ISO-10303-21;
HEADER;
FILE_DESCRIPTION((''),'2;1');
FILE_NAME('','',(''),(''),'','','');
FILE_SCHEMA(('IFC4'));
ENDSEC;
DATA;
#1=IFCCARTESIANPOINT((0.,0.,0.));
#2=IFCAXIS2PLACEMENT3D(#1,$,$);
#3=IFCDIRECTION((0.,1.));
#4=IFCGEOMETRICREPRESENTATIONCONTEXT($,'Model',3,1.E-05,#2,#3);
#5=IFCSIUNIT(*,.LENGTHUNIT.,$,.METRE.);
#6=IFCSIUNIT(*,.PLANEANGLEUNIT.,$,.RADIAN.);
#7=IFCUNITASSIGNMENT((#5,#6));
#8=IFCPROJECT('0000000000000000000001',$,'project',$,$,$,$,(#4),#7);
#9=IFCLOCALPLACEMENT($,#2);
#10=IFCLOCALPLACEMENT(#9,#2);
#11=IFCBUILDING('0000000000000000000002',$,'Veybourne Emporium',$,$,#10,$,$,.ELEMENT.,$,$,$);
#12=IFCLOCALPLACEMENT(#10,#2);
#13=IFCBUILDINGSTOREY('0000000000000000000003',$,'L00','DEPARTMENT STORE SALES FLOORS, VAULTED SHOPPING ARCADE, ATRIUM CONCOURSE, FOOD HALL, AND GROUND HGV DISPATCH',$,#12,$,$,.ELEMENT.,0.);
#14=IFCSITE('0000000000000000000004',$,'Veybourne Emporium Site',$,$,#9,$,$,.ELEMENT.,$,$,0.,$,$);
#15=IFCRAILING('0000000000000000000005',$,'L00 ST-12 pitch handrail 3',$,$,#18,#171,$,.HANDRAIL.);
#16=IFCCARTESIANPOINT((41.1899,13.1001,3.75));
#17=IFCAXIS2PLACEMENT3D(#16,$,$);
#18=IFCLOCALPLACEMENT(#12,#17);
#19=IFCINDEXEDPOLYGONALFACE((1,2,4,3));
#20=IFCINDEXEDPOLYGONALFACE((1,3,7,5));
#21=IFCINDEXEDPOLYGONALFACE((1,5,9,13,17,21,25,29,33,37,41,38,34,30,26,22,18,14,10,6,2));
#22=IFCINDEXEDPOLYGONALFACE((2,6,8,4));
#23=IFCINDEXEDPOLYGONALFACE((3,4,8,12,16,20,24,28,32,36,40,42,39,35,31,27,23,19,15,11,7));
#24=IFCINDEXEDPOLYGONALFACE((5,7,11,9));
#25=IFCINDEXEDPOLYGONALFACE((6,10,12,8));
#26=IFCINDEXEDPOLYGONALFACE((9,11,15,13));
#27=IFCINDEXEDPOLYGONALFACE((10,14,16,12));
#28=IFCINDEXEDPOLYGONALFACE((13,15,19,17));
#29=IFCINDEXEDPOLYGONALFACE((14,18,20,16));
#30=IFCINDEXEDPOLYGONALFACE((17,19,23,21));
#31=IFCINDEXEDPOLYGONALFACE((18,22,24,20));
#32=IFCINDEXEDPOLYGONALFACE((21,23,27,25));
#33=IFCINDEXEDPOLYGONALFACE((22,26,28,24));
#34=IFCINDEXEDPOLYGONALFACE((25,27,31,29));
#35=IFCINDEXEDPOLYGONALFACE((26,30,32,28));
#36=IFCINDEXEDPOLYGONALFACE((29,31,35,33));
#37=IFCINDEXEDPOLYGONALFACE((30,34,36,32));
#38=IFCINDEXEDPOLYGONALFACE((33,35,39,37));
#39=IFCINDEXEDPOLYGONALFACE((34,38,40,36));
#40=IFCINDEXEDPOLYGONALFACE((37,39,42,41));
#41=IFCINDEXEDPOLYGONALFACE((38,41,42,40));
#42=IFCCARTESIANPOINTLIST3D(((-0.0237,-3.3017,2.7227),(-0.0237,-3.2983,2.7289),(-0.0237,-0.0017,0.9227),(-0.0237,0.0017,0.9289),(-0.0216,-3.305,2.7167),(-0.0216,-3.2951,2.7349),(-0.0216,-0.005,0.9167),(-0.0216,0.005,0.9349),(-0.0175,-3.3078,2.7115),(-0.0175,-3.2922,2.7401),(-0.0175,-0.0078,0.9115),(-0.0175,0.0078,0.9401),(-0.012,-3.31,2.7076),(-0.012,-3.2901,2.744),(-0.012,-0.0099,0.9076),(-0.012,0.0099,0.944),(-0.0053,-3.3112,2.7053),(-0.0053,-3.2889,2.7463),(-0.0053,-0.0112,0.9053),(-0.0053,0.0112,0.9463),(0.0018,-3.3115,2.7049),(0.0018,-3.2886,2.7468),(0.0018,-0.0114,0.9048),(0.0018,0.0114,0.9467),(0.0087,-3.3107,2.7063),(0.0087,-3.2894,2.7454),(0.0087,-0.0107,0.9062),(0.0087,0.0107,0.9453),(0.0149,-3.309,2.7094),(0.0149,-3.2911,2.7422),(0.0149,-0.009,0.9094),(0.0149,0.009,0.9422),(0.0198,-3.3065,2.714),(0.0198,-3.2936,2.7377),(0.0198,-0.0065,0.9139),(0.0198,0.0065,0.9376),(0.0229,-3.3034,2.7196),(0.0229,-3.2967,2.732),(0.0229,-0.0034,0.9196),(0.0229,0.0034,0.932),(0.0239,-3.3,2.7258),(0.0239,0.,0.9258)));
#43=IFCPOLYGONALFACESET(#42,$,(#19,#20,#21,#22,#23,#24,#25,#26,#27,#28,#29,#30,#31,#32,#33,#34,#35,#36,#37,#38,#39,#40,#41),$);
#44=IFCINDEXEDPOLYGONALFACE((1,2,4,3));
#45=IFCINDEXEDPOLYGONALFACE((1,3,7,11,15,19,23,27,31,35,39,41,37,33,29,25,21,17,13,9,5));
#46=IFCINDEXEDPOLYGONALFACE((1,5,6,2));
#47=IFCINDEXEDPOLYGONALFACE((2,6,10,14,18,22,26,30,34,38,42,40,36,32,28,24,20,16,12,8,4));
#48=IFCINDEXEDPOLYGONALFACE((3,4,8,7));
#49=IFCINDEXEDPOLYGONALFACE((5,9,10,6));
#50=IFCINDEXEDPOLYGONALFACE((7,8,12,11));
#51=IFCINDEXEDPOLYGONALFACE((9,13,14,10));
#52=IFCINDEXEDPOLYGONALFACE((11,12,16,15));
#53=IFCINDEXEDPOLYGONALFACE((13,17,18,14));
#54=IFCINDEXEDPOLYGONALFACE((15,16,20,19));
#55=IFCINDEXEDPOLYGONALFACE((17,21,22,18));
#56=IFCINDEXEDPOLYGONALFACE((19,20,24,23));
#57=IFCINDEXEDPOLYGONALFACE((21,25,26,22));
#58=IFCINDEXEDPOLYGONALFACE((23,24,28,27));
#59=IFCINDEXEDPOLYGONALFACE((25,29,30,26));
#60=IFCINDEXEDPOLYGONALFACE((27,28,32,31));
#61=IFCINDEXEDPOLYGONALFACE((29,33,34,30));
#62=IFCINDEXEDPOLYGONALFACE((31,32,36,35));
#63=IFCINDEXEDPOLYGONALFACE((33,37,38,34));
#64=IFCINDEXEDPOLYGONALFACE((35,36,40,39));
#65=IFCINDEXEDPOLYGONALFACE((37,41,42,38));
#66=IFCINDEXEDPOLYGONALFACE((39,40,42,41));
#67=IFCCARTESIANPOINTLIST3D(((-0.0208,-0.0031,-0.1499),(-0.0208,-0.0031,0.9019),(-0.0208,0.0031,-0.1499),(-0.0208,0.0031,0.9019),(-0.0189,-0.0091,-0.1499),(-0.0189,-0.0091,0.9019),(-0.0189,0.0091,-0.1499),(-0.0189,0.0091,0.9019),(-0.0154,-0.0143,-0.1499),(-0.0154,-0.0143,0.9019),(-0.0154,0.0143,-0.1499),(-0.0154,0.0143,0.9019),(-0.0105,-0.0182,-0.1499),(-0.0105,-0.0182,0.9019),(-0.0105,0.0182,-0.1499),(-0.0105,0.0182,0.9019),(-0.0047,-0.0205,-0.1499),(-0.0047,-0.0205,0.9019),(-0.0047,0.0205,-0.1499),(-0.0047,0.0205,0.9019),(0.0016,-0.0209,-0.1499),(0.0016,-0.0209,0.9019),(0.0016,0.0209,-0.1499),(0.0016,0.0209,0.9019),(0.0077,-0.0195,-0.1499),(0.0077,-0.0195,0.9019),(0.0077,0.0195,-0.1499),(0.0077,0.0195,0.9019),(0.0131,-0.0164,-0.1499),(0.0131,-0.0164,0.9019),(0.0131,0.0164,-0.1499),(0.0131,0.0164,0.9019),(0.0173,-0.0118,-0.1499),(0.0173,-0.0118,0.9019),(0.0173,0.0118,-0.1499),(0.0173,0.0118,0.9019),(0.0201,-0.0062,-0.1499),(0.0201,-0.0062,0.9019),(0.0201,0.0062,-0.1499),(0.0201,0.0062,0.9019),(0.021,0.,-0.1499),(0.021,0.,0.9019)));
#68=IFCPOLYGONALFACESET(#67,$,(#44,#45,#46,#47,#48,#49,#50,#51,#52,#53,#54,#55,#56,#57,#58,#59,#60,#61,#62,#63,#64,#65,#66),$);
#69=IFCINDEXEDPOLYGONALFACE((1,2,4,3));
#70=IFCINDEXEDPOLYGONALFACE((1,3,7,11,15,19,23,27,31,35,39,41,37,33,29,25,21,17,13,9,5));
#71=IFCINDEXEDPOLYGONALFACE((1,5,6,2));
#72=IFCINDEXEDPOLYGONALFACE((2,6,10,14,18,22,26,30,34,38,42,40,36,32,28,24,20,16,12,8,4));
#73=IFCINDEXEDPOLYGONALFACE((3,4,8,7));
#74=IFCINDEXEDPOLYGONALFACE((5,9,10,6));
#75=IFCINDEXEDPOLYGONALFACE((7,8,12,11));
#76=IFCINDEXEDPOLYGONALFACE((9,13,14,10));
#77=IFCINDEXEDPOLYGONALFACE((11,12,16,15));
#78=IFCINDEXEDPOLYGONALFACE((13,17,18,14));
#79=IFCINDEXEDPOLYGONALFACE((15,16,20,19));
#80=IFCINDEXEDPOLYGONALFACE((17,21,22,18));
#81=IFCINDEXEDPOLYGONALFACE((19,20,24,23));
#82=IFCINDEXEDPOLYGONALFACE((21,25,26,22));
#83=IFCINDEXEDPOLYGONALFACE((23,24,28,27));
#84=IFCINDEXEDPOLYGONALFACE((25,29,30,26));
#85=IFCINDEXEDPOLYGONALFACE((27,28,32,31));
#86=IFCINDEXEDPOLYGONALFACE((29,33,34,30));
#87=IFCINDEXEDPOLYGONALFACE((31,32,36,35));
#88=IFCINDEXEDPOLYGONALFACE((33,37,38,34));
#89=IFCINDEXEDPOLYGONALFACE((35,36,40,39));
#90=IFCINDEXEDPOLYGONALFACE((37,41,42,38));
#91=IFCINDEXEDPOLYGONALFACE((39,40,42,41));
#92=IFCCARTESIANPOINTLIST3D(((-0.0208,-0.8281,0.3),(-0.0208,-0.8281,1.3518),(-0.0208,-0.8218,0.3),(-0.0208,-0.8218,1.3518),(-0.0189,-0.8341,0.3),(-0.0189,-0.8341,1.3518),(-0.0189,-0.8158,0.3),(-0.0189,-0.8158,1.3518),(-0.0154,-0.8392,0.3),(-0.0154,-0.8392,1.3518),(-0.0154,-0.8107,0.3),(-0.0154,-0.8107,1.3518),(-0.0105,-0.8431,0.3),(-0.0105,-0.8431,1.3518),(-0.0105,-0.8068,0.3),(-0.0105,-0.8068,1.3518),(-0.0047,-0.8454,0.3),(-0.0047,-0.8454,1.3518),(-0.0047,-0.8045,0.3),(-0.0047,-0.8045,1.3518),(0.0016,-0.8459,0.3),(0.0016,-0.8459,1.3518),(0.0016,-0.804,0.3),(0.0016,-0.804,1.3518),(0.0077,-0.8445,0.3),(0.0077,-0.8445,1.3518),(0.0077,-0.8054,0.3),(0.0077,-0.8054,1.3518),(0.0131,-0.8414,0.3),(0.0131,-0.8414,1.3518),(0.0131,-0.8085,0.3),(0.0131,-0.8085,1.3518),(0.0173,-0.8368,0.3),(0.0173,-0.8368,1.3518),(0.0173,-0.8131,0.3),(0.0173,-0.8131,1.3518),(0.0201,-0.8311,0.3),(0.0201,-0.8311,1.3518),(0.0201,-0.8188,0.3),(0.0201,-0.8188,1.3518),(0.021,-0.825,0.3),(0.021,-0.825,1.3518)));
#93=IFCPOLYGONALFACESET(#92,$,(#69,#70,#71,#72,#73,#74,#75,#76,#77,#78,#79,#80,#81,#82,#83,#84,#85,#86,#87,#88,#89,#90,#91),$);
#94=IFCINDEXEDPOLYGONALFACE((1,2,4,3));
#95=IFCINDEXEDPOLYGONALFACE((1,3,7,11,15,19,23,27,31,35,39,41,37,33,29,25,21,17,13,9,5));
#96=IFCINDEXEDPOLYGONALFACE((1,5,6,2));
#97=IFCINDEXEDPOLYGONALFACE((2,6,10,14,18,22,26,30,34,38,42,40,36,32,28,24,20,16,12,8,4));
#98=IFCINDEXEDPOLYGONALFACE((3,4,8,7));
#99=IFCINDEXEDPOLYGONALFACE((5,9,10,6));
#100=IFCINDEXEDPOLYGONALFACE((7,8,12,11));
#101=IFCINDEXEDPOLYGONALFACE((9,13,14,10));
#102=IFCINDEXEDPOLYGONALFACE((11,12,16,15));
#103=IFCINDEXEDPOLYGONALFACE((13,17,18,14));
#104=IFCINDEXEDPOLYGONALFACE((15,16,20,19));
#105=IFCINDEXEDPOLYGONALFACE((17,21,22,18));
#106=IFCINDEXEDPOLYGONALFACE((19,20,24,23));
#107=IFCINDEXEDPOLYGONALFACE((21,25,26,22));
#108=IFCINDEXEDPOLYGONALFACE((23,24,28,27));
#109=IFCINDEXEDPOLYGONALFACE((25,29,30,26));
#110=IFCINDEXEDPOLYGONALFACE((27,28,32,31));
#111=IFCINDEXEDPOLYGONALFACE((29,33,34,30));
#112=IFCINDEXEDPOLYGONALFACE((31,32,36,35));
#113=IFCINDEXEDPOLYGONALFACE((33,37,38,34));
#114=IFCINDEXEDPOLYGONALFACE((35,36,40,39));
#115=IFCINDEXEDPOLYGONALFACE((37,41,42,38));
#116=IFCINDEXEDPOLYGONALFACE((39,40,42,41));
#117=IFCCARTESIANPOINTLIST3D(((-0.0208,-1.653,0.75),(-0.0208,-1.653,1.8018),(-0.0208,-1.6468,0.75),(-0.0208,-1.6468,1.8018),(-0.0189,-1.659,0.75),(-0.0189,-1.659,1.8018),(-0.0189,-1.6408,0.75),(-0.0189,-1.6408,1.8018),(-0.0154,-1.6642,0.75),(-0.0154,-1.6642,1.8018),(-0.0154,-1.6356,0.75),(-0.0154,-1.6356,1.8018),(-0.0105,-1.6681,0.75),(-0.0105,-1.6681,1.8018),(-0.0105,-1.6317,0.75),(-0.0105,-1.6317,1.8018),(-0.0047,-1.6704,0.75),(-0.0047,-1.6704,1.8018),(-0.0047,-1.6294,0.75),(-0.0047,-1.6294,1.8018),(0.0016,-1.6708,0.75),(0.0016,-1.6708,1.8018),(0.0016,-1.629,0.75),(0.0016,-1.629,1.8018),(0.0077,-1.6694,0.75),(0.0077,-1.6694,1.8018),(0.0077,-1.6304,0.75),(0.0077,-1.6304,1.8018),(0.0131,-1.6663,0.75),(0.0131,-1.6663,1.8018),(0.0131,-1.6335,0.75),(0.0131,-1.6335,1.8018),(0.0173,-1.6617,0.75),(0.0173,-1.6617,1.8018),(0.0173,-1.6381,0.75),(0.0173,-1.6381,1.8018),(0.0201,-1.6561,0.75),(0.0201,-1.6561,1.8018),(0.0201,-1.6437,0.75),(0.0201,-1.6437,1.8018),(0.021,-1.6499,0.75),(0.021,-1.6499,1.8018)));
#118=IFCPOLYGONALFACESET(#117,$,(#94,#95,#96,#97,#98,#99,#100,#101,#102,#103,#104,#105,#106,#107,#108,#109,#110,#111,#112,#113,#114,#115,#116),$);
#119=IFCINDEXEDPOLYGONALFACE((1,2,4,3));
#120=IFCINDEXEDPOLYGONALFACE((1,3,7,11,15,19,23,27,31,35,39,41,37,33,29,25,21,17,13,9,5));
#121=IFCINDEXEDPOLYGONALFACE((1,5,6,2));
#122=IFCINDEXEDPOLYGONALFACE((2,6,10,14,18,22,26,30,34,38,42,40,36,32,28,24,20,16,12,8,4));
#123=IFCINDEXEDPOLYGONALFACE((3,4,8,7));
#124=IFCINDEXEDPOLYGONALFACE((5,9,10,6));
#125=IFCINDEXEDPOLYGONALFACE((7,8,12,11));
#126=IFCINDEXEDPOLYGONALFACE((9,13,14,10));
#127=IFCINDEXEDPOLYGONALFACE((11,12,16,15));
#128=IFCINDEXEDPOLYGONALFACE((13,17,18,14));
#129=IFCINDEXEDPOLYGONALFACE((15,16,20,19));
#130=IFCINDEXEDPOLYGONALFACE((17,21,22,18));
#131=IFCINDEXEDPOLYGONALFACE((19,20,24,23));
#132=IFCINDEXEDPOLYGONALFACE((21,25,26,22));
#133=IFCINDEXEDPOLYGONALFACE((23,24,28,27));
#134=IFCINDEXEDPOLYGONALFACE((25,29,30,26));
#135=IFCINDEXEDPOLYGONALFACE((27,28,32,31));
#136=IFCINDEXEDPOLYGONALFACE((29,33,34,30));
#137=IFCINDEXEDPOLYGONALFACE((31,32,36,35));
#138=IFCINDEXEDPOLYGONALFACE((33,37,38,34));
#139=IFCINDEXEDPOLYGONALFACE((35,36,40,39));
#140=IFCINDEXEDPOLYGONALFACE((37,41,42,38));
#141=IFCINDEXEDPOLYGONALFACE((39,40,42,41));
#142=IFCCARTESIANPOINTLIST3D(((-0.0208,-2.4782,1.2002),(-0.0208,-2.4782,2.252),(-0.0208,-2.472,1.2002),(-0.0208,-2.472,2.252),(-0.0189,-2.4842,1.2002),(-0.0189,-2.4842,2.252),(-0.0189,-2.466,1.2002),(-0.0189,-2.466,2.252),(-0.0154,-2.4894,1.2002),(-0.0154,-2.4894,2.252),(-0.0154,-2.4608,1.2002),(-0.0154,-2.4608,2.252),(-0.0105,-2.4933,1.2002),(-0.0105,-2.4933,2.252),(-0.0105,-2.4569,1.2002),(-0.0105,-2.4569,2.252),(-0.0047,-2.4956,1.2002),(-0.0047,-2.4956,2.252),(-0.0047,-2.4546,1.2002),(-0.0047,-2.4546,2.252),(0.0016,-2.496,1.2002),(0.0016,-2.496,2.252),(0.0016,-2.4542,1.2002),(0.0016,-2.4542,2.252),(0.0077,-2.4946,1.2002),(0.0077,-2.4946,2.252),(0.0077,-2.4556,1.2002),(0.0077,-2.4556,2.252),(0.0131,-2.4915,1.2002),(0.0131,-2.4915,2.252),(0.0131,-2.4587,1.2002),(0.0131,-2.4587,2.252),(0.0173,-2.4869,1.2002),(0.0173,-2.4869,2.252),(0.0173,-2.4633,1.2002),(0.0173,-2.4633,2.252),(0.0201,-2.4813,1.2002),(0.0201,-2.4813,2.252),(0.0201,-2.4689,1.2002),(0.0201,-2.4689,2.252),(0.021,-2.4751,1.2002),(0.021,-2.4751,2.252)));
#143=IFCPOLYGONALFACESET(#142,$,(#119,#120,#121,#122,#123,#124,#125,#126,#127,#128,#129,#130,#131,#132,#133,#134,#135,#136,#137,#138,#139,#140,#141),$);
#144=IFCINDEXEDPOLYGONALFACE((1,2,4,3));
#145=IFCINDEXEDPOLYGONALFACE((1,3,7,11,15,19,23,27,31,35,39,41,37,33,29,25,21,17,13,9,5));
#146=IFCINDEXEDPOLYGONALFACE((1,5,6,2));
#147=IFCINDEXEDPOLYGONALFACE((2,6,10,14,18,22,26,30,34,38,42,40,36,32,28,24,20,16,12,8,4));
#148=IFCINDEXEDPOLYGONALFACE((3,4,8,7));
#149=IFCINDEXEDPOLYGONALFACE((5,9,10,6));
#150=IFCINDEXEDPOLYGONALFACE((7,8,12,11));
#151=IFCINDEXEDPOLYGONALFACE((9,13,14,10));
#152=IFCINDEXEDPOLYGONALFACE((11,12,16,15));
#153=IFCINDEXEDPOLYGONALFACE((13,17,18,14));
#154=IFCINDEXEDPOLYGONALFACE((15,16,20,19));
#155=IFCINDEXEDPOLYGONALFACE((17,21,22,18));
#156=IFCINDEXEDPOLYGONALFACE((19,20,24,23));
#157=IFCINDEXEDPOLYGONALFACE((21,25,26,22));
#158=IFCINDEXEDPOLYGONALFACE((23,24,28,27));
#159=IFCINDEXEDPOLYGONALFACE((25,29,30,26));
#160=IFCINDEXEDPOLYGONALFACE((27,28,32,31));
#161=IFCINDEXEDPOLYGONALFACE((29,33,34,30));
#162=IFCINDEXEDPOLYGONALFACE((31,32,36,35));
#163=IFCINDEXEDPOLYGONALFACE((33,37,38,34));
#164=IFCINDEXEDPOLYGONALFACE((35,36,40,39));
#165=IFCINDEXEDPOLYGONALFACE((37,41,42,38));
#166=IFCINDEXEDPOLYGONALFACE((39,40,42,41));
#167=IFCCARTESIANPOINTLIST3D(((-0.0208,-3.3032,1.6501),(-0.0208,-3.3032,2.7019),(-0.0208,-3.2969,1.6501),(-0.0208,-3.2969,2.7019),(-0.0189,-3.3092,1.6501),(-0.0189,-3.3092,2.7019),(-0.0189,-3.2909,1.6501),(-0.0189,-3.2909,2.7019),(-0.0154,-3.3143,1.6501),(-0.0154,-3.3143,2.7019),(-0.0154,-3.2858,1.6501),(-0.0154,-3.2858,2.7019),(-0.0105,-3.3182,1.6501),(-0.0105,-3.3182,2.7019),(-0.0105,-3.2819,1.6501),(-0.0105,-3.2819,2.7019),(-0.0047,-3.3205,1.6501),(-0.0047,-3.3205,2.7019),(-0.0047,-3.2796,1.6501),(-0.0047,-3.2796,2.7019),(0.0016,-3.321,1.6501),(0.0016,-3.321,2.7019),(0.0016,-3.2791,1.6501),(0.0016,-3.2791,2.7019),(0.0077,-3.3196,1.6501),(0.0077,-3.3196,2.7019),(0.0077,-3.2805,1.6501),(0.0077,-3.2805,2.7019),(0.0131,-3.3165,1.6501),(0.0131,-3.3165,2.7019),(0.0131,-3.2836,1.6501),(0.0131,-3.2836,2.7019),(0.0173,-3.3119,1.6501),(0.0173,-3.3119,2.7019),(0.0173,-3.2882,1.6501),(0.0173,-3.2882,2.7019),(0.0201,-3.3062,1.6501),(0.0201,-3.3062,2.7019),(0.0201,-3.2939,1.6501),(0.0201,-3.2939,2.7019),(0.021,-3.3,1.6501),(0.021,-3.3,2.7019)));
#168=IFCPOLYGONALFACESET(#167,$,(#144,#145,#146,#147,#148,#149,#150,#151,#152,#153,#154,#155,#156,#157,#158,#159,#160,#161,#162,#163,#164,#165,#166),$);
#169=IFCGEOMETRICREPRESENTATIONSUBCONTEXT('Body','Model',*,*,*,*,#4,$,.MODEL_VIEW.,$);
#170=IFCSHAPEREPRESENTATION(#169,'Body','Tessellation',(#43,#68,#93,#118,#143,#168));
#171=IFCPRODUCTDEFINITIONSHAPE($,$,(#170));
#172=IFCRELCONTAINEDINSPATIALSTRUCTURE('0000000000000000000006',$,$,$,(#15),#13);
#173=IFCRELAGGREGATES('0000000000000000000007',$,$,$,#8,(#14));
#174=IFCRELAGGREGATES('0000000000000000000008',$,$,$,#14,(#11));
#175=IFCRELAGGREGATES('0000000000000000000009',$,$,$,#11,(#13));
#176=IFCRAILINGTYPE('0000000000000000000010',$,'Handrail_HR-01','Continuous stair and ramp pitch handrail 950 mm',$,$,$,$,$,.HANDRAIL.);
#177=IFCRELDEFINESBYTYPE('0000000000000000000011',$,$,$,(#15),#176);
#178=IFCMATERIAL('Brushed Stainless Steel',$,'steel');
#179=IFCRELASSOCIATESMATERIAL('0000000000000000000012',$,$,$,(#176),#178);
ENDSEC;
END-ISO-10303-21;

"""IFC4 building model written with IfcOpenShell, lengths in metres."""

from ifc_helpers import new_model, si_unit, direction, frame, origin, origin_2d, place, context, subcontext, project, spatial, circle, extrude, material, type_object, element, save


model = new_model("IFC4")

# Units and contexts
model_context = context("Model", 3, precision=1e-05, world=origin(), true_north=direction((0.0, 1.0)))
body_context = subcontext(model_context, "Body", "Model", "MODEL_VIEW")
ifc_project = project(units=[si_unit("LENGTHUNIT", "METRE"), si_unit("PLANEANGLEUNIT", "RADIAN")], contexts=[model_context])

# Site, building, storey
site_placement = place(None, origin())
site = spatial("IfcSite", under=ifc_project, at=site_placement, Name="Veybourne Emporium Site", CompositionType="ELEMENT", RefElevation=0.0)
building_placement = place(site_placement, origin())
building = spatial("IfcBuilding", under=site, at=building_placement, Name="Veybourne Emporium", CompositionType="ELEMENT")
storey_placement = place(building_placement, origin())
storey = spatial("IfcBuildingStorey", under=building, at=storey_placement, Name="L00", Description="DEPARTMENT STORE SALES FLOORS, VAULTED SHOPPING ARCADE, ATRIUM CONCOURSE, FOOD HALL, AND GROUND HGV DISPATCH", CompositionType="ELEMENT", Elevation=0.0)

# Railing
ifc_material_1 = material(Name="Brushed Stainless Steel", Category="steel")
railing_type_1 = type_object("IfcRailingType", Name="Handrail_HR-01", Description="Continuous stair and ramp pitch handrail 950 mm", PredefinedType="HANDRAIL", material=ifc_material_1)
railing_1_placement = place(storey_placement, frame((41.1899, 13.1001, 3.75)))
element("IfcRailing", 1, at=railing_1_placement, inside=storey, type_object=railing_type_1, Name="L00 ST-12 pitch handrail 3", PredefinedType="HANDRAIL", context=body_context, shape_type="SweptSolid", body=[
    extrude(circle(Radius=0.0239, at=origin_2d()), frame((0.0, 0.0, 0.9258), z_axis=(0.0, -0.877893, 0.478857), x_axis=(1.0, 0.0, 0.0)), (0.0, 0.0, 1.0), 3.759),
    extrude(circle(Radius=0.021, at=origin_2d()), frame((0.0, 0.0, -0.1499)), (0.0, 0.0, 1.0), 1.0518),
    extrude(circle(Radius=0.021, at=origin_2d()), frame((0.0, -0.825, 0.3)), (0.0, 0.0, 1.0), 1.0518),
    extrude(circle(Radius=0.021, at=origin_2d()), frame((0.0, -1.6499, 0.75)), (0.0, 0.0, 1.0), 1.0518),
    extrude(circle(Radius=0.021, at=origin_2d()), frame((0.0, -2.4751, 1.2002)), (0.0, 0.0, 1.0), 1.0518),
    extrude(circle(Radius=0.021, at=origin_2d()), frame((0.0, -3.3, 1.6501)), (0.0, 0.0, 1.0), 1.0518),
])

save(model, "model.ifc")
